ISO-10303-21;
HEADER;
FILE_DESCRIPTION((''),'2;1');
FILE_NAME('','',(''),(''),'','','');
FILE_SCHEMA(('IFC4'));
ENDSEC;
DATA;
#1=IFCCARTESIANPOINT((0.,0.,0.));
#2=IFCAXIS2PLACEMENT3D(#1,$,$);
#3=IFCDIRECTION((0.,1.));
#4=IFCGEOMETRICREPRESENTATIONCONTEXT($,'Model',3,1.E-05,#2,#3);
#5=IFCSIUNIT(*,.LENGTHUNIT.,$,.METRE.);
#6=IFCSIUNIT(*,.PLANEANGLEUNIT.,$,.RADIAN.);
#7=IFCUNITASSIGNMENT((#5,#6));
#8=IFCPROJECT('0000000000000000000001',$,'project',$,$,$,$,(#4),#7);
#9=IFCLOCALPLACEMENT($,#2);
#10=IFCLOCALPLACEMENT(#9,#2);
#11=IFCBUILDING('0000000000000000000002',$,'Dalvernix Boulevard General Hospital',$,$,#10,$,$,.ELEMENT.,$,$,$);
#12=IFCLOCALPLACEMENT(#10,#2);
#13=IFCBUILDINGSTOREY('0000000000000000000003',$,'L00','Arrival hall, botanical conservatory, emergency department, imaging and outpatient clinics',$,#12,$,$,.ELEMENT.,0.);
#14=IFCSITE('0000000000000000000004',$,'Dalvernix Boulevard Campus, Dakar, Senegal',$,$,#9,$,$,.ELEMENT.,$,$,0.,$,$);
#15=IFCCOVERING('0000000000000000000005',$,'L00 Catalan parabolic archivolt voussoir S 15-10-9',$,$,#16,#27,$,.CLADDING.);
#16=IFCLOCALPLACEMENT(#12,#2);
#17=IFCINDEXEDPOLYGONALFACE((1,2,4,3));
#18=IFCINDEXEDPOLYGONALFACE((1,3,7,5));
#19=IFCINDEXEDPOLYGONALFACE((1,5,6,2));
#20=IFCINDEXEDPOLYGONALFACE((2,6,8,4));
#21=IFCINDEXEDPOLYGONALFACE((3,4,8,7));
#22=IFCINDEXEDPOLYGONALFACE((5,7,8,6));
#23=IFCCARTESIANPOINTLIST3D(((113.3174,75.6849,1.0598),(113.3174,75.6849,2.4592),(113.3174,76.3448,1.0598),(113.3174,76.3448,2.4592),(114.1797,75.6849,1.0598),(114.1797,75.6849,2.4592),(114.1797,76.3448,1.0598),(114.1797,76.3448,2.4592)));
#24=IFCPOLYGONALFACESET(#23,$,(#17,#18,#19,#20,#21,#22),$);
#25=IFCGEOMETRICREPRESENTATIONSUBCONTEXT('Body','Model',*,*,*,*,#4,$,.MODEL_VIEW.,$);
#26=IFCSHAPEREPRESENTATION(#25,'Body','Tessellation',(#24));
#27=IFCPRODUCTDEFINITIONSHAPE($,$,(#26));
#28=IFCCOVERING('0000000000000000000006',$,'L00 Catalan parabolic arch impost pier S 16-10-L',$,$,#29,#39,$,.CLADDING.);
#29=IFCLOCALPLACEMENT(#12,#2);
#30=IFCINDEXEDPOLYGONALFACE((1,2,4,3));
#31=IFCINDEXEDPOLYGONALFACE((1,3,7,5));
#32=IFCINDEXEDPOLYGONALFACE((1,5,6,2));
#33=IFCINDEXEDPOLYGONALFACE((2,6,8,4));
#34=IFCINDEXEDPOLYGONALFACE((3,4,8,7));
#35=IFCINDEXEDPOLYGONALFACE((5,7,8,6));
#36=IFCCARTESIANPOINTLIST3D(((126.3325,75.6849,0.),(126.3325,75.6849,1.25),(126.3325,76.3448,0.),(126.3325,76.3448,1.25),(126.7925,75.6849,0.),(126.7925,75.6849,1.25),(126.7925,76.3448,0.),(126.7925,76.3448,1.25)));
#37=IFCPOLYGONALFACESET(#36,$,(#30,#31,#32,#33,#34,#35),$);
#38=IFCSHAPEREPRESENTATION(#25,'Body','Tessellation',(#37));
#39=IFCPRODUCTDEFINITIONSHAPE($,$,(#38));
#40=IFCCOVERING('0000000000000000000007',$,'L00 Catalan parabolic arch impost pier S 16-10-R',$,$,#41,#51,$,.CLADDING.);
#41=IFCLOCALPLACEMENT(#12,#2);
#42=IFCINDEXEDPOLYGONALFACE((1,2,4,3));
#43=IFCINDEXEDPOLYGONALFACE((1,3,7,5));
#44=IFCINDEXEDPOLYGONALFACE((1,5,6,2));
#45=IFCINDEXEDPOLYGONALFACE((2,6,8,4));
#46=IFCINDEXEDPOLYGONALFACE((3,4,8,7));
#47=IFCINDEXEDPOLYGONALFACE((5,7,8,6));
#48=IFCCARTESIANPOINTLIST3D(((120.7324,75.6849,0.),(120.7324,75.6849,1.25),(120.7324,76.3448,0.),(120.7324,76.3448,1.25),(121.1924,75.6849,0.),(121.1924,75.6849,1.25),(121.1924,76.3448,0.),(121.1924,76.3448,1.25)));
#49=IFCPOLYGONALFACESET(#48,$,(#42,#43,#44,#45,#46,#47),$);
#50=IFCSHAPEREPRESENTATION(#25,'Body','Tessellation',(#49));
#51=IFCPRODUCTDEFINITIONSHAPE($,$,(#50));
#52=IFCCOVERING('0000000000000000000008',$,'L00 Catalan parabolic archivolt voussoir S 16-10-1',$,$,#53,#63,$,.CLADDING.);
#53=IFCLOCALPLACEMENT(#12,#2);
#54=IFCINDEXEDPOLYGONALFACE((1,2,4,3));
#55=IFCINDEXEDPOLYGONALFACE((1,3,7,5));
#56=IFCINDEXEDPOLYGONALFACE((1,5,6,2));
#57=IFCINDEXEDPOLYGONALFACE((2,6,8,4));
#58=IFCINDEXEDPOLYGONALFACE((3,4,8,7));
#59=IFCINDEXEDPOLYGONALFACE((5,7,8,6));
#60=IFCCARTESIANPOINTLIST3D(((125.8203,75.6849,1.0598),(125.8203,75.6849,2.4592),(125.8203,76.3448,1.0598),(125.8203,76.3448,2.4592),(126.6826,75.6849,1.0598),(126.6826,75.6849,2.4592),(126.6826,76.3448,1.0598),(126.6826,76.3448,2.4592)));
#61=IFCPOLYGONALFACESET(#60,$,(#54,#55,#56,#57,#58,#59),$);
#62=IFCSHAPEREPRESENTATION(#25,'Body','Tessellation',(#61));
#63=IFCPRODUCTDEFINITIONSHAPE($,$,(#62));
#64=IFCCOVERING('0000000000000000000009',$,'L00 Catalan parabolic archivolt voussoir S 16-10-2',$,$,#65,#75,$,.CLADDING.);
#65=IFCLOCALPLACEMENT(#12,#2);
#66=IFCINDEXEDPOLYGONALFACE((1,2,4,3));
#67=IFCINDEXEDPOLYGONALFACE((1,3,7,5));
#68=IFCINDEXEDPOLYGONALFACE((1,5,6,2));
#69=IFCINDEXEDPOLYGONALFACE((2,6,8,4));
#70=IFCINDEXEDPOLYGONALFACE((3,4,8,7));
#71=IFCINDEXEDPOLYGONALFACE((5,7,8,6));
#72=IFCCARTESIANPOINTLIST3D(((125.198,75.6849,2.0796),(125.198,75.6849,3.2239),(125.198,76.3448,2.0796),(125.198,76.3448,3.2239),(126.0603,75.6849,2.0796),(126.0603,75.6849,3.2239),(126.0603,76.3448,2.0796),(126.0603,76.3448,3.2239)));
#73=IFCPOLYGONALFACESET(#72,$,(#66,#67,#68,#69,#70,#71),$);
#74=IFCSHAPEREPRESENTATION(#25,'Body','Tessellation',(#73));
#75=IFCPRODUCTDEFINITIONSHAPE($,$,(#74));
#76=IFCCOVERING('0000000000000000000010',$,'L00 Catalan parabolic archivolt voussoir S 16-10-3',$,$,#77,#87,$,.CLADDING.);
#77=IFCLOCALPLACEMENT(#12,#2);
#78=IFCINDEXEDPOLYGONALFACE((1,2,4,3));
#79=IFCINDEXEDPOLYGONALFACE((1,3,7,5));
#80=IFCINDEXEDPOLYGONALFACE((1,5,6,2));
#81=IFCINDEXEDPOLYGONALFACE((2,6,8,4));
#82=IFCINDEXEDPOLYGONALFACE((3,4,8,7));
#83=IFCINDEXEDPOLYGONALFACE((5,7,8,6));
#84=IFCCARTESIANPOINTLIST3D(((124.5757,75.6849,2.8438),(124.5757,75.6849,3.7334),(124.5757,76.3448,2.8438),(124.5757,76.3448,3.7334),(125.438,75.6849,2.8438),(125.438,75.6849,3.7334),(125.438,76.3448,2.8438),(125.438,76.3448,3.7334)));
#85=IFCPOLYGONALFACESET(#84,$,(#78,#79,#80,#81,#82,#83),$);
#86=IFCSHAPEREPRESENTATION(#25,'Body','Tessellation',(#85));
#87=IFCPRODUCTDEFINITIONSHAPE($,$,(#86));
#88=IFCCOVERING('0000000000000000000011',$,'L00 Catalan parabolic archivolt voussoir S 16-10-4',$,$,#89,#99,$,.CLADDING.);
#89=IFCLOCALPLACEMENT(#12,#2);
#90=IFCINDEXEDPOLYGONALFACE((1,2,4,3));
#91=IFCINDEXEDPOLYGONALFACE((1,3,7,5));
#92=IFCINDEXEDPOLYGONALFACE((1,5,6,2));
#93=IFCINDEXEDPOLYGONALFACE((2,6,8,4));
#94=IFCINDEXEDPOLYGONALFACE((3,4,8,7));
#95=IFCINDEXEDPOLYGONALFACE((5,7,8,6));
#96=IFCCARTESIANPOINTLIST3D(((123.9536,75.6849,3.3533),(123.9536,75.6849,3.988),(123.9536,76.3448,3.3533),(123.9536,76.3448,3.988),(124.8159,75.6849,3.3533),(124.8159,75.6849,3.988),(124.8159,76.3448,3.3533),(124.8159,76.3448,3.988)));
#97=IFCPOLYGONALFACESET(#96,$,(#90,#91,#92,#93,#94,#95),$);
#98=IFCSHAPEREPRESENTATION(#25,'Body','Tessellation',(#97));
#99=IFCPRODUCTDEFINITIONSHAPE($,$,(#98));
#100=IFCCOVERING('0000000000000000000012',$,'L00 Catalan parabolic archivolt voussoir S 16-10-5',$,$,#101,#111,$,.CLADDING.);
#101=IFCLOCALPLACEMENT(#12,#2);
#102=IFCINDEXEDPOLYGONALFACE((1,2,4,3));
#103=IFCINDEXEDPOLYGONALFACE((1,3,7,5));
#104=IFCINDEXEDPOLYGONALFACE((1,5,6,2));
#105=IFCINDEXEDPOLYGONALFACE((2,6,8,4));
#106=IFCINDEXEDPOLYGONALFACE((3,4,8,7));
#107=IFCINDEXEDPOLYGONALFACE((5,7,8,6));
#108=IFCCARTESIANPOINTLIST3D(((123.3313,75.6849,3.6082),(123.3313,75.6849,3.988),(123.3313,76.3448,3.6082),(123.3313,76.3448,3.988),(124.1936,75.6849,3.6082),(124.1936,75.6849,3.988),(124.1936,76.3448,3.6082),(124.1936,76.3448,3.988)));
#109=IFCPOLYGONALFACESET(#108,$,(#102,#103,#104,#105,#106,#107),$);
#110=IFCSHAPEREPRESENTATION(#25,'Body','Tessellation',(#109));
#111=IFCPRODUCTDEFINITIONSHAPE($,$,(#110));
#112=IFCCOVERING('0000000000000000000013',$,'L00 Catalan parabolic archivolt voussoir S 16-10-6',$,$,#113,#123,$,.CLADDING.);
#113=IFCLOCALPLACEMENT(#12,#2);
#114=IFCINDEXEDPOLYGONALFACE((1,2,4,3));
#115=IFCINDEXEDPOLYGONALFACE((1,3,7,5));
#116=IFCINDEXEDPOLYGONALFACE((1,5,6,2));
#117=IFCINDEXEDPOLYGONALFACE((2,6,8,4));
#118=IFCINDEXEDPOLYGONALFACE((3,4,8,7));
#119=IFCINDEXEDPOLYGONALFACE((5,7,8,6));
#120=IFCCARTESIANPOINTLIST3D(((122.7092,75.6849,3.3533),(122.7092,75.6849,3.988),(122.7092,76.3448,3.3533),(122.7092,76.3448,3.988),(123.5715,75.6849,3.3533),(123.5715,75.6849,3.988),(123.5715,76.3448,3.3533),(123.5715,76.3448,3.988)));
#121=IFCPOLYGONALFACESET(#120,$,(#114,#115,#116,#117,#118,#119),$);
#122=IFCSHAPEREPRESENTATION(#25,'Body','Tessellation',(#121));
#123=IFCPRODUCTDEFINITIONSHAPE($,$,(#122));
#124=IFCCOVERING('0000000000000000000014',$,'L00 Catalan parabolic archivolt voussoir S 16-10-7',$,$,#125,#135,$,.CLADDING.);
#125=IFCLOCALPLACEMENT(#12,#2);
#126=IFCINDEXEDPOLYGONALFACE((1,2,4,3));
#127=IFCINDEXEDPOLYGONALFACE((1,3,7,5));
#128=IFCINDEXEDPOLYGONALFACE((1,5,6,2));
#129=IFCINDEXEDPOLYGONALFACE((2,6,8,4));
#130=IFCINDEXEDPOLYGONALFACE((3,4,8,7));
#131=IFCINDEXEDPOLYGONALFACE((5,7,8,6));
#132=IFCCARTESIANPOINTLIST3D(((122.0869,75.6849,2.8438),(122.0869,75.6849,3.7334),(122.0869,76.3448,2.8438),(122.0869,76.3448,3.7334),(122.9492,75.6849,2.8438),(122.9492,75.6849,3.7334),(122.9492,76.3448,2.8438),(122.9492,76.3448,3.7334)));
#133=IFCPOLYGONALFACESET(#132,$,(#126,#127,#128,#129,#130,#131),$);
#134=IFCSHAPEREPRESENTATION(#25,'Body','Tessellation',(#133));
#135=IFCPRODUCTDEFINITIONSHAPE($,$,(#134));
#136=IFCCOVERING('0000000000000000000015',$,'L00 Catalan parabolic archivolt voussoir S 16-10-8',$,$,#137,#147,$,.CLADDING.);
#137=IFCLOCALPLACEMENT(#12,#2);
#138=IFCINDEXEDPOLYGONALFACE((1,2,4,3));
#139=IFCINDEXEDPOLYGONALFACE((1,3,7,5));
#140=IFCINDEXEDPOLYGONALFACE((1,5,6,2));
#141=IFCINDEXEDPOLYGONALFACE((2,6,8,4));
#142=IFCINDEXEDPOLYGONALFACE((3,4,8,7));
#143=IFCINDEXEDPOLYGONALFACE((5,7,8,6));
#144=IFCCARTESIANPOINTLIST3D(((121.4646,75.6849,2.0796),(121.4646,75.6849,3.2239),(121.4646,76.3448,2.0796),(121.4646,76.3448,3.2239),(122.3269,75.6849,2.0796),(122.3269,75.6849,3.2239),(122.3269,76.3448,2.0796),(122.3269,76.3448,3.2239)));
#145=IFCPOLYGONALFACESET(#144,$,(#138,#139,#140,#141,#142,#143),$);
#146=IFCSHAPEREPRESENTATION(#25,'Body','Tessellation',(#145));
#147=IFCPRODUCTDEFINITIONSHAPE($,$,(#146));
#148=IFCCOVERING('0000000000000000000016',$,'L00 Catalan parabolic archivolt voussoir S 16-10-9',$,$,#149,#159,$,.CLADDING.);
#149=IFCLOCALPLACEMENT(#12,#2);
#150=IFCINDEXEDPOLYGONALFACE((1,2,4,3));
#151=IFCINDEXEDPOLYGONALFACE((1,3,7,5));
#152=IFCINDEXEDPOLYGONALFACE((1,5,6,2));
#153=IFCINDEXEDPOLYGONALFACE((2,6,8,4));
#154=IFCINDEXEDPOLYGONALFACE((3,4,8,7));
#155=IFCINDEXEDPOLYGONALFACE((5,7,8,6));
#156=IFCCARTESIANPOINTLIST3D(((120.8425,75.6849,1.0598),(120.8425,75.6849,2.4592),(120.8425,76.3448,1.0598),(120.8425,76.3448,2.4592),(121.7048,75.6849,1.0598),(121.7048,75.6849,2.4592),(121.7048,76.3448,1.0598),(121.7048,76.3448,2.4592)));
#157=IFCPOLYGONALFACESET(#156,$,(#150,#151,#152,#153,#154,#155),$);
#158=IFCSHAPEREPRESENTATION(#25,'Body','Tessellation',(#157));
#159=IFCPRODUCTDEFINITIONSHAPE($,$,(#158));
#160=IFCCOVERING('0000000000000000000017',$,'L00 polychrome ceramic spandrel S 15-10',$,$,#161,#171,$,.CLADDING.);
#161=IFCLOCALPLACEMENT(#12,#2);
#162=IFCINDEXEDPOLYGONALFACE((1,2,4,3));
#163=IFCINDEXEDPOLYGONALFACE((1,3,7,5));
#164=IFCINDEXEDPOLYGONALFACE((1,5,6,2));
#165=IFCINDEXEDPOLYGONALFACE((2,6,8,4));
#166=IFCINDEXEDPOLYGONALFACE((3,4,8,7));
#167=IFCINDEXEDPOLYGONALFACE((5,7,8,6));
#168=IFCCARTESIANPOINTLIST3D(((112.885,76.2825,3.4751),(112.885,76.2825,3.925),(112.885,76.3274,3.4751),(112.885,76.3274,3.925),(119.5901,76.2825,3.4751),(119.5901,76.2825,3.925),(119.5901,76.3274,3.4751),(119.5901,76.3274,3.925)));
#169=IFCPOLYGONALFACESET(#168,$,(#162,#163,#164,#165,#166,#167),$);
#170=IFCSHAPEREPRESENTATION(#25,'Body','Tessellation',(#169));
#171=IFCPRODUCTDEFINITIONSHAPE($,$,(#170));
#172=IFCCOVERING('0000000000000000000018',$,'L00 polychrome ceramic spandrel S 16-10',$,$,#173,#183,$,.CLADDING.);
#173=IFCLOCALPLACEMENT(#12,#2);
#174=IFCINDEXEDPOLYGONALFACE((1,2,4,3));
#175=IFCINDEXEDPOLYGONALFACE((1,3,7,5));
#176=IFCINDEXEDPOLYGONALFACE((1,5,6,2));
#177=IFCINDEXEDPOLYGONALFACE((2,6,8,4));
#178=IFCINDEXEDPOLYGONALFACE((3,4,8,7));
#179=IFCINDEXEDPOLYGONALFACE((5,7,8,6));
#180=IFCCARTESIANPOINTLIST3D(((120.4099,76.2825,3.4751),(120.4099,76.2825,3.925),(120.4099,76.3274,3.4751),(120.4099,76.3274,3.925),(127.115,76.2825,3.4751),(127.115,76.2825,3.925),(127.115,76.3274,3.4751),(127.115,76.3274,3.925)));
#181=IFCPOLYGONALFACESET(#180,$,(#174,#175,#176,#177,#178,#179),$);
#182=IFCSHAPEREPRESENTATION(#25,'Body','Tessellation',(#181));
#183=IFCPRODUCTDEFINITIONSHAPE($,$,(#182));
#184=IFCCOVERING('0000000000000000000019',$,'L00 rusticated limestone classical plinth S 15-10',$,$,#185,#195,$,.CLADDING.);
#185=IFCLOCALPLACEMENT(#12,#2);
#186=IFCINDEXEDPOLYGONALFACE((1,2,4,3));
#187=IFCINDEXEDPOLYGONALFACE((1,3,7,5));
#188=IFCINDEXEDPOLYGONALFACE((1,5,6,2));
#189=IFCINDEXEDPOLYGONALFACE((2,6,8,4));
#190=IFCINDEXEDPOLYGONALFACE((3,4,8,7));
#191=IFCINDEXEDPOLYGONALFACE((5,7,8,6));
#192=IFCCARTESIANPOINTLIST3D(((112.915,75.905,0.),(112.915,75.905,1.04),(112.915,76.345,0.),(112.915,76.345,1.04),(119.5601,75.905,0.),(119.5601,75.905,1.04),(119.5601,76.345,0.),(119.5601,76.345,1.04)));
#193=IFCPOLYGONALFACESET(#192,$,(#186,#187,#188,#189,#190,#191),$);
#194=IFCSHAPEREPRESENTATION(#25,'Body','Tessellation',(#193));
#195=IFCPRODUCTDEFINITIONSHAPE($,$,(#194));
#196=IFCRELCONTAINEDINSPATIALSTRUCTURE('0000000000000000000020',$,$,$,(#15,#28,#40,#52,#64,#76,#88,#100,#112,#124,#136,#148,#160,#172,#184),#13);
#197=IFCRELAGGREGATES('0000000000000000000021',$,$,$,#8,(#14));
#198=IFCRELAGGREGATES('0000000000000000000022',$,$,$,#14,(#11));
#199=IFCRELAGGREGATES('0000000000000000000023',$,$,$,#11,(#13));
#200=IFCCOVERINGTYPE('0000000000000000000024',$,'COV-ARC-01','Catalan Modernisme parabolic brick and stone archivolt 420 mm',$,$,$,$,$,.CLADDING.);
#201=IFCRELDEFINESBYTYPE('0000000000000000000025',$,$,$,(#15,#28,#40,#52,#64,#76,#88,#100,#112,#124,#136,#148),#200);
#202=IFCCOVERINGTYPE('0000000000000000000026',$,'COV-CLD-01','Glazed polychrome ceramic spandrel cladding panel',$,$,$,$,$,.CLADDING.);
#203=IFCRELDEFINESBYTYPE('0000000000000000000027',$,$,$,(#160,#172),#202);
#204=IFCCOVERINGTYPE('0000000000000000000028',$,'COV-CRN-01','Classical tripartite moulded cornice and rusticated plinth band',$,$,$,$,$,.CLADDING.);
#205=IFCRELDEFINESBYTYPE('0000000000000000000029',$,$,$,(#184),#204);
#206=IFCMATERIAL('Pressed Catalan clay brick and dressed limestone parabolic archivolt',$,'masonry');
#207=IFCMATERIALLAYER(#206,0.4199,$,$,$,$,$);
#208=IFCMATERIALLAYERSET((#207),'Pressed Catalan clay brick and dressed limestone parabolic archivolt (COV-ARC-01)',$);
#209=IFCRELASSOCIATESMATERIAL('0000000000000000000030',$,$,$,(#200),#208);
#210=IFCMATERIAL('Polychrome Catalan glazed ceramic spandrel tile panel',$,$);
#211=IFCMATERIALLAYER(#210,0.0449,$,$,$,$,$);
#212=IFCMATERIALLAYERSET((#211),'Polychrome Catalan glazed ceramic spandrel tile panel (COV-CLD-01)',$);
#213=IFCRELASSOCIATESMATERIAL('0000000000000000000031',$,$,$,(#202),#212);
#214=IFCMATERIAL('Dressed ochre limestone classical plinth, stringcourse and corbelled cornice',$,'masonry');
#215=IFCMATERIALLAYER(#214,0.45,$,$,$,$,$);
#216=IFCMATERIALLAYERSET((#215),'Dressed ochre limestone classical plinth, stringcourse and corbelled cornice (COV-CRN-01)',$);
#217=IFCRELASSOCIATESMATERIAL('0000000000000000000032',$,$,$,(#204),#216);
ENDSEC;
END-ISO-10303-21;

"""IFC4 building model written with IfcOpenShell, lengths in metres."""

from ifc_helpers import new_model, si_unit, direction, frame, origin, origin_2d, place, context, subcontext, project, spatial, rectangle, extrude, material, layer, layer_set, type_object, element, save


model = new_model("IFC4")

# Units and contexts
model_context = context("Model", 3, precision=1e-05, world=origin(), true_north=direction((0.0, 1.0)))
body_context = subcontext(model_context, "Body", "Model", "MODEL_VIEW")
ifc_project = project(units=[si_unit("LENGTHUNIT", "METRE"), si_unit("PLANEANGLEUNIT", "RADIAN")], contexts=[model_context])

# Site, building, storey
site_placement = place(None, origin())
site = spatial("IfcSite", under=ifc_project, at=site_placement, Name="Dalvernix Boulevard Campus, Dakar, Senegal", CompositionType="ELEMENT", RefElevation=0.0)
building_placement = place(site_placement, origin())
building = spatial("IfcBuilding", under=site, at=building_placement, Name="Dalvernix Boulevard General Hospital", CompositionType="ELEMENT")
storey_placement = place(building_placement, origin())
storey = spatial("IfcBuildingStorey", under=building, at=storey_placement, Name="L00", Description="Arrival hall, botanical conservatory, emergency department, imaging and outpatient clinics", CompositionType="ELEMENT", Elevation=0.0)

# Coverings
ifc_material_1 = material(Name="Pressed Catalan clay brick and dressed limestone parabolic archivolt", Category="masonry")
ifc_layer_1 = layer(ifc_material_1, 0.4199)
ifc_layer_set_1 = layer_set([ifc_layer_1], Name="Pressed Catalan clay brick and dressed limestone parabolic archivolt (COV-ARC-01)")
covering_type_1 = type_object("IfcCoveringType", Name="COV-ARC-01", Description="Catalan Modernisme parabolic brick and stone archivolt 420 mm", PredefinedType="CLADDING", material=ifc_layer_set_1)
covering_1_placement = place(storey_placement, frame((113.7485, 76.0149, 1.0598), z_axis=(0.0, 0.0, 1.0), x_axis=(-1.0, 0.0, 0.0)))
element("IfcCovering", 1, at=covering_1_placement, inside=storey, type_object=covering_type_1, Name="L00 Catalan parabolic archivolt voussoir S 15-10-9", PredefinedType="CLADDING", context=body_context, shape_type="SweptSolid", body=[
    extrude(rectangle(XDim=0.8623, YDim=0.6599, at=origin_2d()), origin(), (0.0, 0.0, 1.0), 1.3994),
])
for number, where, z_axis, x_axis, name in (
    (2, (126.5625, 76.0149, 0.0), (0.0, 0.0, 1.0), (-1.0, 0.0, 0.0), "L00 Catalan parabolic arch impost pier S 16-10-L"),
    (3, (120.9624, 76.0149, 0.0), (0.0, 0.0, 1.0), (-1.0, 0.0, 0.0), "L00 Catalan parabolic arch impost pier S 16-10-R"),
):
    element("IfcCovering", number, at=place(storey_placement, frame(where, z_axis=z_axis, x_axis=x_axis)), inside=storey, type_object=covering_type_1, Name=name, PredefinedType="CLADDING", context=body_context, shape_type="SweptSolid", body=[
        extrude(rectangle(XDim=0.46, YDim=0.6599, at=origin_2d()), origin(), (0.0, 0.0, 1.0), 1.25),
    ])
covering_2_placement = place(storey_placement, frame((126.2515, 76.0149, 1.0598), z_axis=(0.0, 0.0, 1.0), x_axis=(-1.0, 0.0, 0.0)))
element("IfcCovering", 4, at=covering_2_placement, inside=storey, type_object=covering_type_1, Name="L00 Catalan parabolic archivolt voussoir S 16-10-1", PredefinedType="CLADDING", context=body_context, shape_type="SweptSolid", body=[
    extrude(rectangle(XDim=0.8623, YDim=0.6599, at=origin_2d()), origin(), (0.0, 0.0, 1.0), 1.3994),
])
covering_3_placement = place(storey_placement, frame((125.6292, 76.0149, 2.0796), z_axis=(0.0, 0.0, 1.0), x_axis=(-1.0, 0.0, 0.0)))
element("IfcCovering", 5, at=covering_3_placement, inside=storey, type_object=covering_type_1, Name="L00 Catalan parabolic archivolt voussoir S 16-10-2", PredefinedType="CLADDING", context=body_context, shape_type="SweptSolid", body=[
    extrude(rectangle(XDim=0.8623, YDim=0.6599, at=origin_2d()), origin(), (0.0, 0.0, 1.0), 1.1443),
])
covering_4_placement = place(storey_placement, frame((125.0068, 76.0149, 2.8438), z_axis=(0.0, 0.0, 1.0), x_axis=(-1.0, 0.0, 0.0)))
element("IfcCovering", 6, at=covering_4_placement, inside=storey, type_object=covering_type_1, Name="L00 Catalan parabolic archivolt voussoir S 16-10-3", PredefinedType="CLADDING", context=body_context, shape_type="SweptSolid", body=[
    extrude(rectangle(XDim=0.8623, YDim=0.6599, at=origin_2d()), origin(), (0.0, 0.0, 1.0), 0.8896),
])
covering_5_placement = place(storey_placement, frame((124.3848, 76.0149, 3.3533), z_axis=(0.0, 0.0, 1.0), x_axis=(-1.0, 0.0, 0.0)))
element("IfcCovering", 7, at=covering_5_placement, inside=storey, type_object=covering_type_1, Name="L00 Catalan parabolic archivolt voussoir S 16-10-4", PredefinedType="CLADDING", context=body_context, shape_type="SweptSolid", body=[
    extrude(rectangle(XDim=0.8623, YDim=0.6599, at=origin_2d()), origin(), (0.0, 0.0, 1.0), 0.6348),
])
covering_6_placement = place(storey_placement, frame((123.7625, 76.0149, 3.6082), z_axis=(0.0, 0.0, 1.0), x_axis=(-1.0, 0.0, 0.0)))
element("IfcCovering", 8, at=covering_6_placement, inside=storey, type_object=covering_type_1, Name="L00 Catalan parabolic archivolt voussoir S 16-10-5", PredefinedType="CLADDING", context=body_context, shape_type="SweptSolid", body=[
    extrude(rectangle(XDim=0.8623, YDim=0.6599, at=origin_2d()), origin(), (0.0, 0.0, 1.0), 0.3799),
])
covering_7_placement = place(storey_placement, frame((123.1404, 76.0149, 3.3533), z_axis=(0.0, 0.0, 1.0), x_axis=(-1.0, 0.0, 0.0)))
element("IfcCovering", 9, at=covering_7_placement, inside=storey, type_object=covering_type_1, Name="L00 Catalan parabolic archivolt voussoir S 16-10-6", PredefinedType="CLADDING", context=body_context, shape_type="SweptSolid", body=[
    extrude(rectangle(XDim=0.8623, YDim=0.6599, at=origin_2d()), origin(), (0.0, 0.0, 1.0), 0.6348),
])
covering_8_placement = place(storey_placement, frame((122.5181, 76.0149, 2.8438), z_axis=(0.0, 0.0, 1.0), x_axis=(-1.0, 0.0, 0.0)))
element("IfcCovering", 10, at=covering_8_placement, inside=storey, type_object=covering_type_1, Name="L00 Catalan parabolic archivolt voussoir S 16-10-7", PredefinedType="CLADDING", context=body_context, shape_type="SweptSolid", body=[
    extrude(rectangle(XDim=0.8623, YDim=0.6599, at=origin_2d()), origin(), (0.0, 0.0, 1.0), 0.8896),
])
covering_9_placement = place(storey_placement, frame((121.8958, 76.0149, 2.0796), z_axis=(0.0, 0.0, 1.0), x_axis=(-1.0, 0.0, 0.0)))
element("IfcCovering", 11, at=covering_9_placement, inside=storey, type_object=covering_type_1, Name="L00 Catalan parabolic archivolt voussoir S 16-10-8", PredefinedType="CLADDING", context=body_context, shape_type="SweptSolid", body=[
    extrude(rectangle(XDim=0.8623, YDim=0.6599, at=origin_2d()), origin(), (0.0, 0.0, 1.0), 1.1443),
])
covering_10_placement = place(storey_placement, frame((121.2737, 76.0149, 1.0598), z_axis=(0.0, 0.0, 1.0), x_axis=(-1.0, 0.0, 0.0)))
element("IfcCovering", 12, at=covering_10_placement, inside=storey, type_object=covering_type_1, Name="L00 Catalan parabolic archivolt voussoir S 16-10-9", PredefinedType="CLADDING", context=body_context, shape_type="SweptSolid", body=[
    extrude(rectangle(XDim=0.8623, YDim=0.6599, at=origin_2d()), origin(), (0.0, 0.0, 1.0), 1.3994),
])
ifc_material_2 = material(Name="Polychrome Catalan glazed ceramic spandrel tile panel")
ifc_layer_2 = layer(ifc_material_2, 0.0449)
ifc_layer_set_2 = layer_set([ifc_layer_2], Name="Polychrome Catalan glazed ceramic spandrel tile panel (COV-CLD-01)")
covering_type_2 = type_object("IfcCoveringType", Name="COV-CLD-01", Description="Glazed polychrome ceramic spandrel cladding panel", PredefinedType="CLADDING", material=ifc_layer_set_2)
for number, where, z_axis, x_axis, name in (
    (13, (116.2375, 76.3049, 3.4751), (0.0, 0.0, 1.0), (-1.0, 0.0, 0.0), "L00 polychrome ceramic spandrel S 15-10"),
    (14, (123.7625, 76.3049, 3.4751), (0.0, 0.0, 1.0), (-1.0, 0.0, 0.0), "L00 polychrome ceramic spandrel S 16-10"),
):
    element("IfcCovering", number, at=place(storey_placement, frame(where, z_axis=z_axis, x_axis=x_axis)), inside=storey, type_object=covering_type_2, Name=name, PredefinedType="CLADDING", context=body_context, shape_type="SweptSolid", body=[
        extrude(rectangle(XDim=6.7051, YDim=0.0449, at=origin_2d()), origin(), (0.0, 0.0, 1.0), 0.45),
    ])
ifc_material_3 = material(Name="Dressed ochre limestone classical plinth, stringcourse and corbelled cornice", Category="masonry")
ifc_layer_3 = layer(ifc_material_3, 0.45)
ifc_layer_set_3 = layer_set([ifc_layer_3], Name="Dressed ochre limestone classical plinth, stringcourse and corbelled cornice (COV-CRN-01)")
covering_type_3 = type_object("IfcCoveringType", Name="COV-CRN-01", Description="Classical tripartite moulded cornice and rusticated plinth band", PredefinedType="CLADDING", material=ifc_layer_set_3)
for number, where, z_axis, x_axis, name in (
    (15, (116.2375, 76.125, 0.0), (0.0, 0.0, 1.0), (-1.0, 0.0, 0.0), "L00 rusticated limestone classical plinth S 15-10"),
):
    element("IfcCovering", number, at=place(storey_placement, frame(where, z_axis=z_axis, x_axis=x_axis)), inside=storey, type_object=covering_type_3, Name=name, PredefinedType="CLADDING", context=body_context, shape_type="SweptSolid", body=[
        extrude(rectangle(XDim=6.645, YDim=0.4399, at=origin_2d()), origin(), (0.0, 0.0, 1.0), 1.04),
    ])

save(model, "model.ifc")
